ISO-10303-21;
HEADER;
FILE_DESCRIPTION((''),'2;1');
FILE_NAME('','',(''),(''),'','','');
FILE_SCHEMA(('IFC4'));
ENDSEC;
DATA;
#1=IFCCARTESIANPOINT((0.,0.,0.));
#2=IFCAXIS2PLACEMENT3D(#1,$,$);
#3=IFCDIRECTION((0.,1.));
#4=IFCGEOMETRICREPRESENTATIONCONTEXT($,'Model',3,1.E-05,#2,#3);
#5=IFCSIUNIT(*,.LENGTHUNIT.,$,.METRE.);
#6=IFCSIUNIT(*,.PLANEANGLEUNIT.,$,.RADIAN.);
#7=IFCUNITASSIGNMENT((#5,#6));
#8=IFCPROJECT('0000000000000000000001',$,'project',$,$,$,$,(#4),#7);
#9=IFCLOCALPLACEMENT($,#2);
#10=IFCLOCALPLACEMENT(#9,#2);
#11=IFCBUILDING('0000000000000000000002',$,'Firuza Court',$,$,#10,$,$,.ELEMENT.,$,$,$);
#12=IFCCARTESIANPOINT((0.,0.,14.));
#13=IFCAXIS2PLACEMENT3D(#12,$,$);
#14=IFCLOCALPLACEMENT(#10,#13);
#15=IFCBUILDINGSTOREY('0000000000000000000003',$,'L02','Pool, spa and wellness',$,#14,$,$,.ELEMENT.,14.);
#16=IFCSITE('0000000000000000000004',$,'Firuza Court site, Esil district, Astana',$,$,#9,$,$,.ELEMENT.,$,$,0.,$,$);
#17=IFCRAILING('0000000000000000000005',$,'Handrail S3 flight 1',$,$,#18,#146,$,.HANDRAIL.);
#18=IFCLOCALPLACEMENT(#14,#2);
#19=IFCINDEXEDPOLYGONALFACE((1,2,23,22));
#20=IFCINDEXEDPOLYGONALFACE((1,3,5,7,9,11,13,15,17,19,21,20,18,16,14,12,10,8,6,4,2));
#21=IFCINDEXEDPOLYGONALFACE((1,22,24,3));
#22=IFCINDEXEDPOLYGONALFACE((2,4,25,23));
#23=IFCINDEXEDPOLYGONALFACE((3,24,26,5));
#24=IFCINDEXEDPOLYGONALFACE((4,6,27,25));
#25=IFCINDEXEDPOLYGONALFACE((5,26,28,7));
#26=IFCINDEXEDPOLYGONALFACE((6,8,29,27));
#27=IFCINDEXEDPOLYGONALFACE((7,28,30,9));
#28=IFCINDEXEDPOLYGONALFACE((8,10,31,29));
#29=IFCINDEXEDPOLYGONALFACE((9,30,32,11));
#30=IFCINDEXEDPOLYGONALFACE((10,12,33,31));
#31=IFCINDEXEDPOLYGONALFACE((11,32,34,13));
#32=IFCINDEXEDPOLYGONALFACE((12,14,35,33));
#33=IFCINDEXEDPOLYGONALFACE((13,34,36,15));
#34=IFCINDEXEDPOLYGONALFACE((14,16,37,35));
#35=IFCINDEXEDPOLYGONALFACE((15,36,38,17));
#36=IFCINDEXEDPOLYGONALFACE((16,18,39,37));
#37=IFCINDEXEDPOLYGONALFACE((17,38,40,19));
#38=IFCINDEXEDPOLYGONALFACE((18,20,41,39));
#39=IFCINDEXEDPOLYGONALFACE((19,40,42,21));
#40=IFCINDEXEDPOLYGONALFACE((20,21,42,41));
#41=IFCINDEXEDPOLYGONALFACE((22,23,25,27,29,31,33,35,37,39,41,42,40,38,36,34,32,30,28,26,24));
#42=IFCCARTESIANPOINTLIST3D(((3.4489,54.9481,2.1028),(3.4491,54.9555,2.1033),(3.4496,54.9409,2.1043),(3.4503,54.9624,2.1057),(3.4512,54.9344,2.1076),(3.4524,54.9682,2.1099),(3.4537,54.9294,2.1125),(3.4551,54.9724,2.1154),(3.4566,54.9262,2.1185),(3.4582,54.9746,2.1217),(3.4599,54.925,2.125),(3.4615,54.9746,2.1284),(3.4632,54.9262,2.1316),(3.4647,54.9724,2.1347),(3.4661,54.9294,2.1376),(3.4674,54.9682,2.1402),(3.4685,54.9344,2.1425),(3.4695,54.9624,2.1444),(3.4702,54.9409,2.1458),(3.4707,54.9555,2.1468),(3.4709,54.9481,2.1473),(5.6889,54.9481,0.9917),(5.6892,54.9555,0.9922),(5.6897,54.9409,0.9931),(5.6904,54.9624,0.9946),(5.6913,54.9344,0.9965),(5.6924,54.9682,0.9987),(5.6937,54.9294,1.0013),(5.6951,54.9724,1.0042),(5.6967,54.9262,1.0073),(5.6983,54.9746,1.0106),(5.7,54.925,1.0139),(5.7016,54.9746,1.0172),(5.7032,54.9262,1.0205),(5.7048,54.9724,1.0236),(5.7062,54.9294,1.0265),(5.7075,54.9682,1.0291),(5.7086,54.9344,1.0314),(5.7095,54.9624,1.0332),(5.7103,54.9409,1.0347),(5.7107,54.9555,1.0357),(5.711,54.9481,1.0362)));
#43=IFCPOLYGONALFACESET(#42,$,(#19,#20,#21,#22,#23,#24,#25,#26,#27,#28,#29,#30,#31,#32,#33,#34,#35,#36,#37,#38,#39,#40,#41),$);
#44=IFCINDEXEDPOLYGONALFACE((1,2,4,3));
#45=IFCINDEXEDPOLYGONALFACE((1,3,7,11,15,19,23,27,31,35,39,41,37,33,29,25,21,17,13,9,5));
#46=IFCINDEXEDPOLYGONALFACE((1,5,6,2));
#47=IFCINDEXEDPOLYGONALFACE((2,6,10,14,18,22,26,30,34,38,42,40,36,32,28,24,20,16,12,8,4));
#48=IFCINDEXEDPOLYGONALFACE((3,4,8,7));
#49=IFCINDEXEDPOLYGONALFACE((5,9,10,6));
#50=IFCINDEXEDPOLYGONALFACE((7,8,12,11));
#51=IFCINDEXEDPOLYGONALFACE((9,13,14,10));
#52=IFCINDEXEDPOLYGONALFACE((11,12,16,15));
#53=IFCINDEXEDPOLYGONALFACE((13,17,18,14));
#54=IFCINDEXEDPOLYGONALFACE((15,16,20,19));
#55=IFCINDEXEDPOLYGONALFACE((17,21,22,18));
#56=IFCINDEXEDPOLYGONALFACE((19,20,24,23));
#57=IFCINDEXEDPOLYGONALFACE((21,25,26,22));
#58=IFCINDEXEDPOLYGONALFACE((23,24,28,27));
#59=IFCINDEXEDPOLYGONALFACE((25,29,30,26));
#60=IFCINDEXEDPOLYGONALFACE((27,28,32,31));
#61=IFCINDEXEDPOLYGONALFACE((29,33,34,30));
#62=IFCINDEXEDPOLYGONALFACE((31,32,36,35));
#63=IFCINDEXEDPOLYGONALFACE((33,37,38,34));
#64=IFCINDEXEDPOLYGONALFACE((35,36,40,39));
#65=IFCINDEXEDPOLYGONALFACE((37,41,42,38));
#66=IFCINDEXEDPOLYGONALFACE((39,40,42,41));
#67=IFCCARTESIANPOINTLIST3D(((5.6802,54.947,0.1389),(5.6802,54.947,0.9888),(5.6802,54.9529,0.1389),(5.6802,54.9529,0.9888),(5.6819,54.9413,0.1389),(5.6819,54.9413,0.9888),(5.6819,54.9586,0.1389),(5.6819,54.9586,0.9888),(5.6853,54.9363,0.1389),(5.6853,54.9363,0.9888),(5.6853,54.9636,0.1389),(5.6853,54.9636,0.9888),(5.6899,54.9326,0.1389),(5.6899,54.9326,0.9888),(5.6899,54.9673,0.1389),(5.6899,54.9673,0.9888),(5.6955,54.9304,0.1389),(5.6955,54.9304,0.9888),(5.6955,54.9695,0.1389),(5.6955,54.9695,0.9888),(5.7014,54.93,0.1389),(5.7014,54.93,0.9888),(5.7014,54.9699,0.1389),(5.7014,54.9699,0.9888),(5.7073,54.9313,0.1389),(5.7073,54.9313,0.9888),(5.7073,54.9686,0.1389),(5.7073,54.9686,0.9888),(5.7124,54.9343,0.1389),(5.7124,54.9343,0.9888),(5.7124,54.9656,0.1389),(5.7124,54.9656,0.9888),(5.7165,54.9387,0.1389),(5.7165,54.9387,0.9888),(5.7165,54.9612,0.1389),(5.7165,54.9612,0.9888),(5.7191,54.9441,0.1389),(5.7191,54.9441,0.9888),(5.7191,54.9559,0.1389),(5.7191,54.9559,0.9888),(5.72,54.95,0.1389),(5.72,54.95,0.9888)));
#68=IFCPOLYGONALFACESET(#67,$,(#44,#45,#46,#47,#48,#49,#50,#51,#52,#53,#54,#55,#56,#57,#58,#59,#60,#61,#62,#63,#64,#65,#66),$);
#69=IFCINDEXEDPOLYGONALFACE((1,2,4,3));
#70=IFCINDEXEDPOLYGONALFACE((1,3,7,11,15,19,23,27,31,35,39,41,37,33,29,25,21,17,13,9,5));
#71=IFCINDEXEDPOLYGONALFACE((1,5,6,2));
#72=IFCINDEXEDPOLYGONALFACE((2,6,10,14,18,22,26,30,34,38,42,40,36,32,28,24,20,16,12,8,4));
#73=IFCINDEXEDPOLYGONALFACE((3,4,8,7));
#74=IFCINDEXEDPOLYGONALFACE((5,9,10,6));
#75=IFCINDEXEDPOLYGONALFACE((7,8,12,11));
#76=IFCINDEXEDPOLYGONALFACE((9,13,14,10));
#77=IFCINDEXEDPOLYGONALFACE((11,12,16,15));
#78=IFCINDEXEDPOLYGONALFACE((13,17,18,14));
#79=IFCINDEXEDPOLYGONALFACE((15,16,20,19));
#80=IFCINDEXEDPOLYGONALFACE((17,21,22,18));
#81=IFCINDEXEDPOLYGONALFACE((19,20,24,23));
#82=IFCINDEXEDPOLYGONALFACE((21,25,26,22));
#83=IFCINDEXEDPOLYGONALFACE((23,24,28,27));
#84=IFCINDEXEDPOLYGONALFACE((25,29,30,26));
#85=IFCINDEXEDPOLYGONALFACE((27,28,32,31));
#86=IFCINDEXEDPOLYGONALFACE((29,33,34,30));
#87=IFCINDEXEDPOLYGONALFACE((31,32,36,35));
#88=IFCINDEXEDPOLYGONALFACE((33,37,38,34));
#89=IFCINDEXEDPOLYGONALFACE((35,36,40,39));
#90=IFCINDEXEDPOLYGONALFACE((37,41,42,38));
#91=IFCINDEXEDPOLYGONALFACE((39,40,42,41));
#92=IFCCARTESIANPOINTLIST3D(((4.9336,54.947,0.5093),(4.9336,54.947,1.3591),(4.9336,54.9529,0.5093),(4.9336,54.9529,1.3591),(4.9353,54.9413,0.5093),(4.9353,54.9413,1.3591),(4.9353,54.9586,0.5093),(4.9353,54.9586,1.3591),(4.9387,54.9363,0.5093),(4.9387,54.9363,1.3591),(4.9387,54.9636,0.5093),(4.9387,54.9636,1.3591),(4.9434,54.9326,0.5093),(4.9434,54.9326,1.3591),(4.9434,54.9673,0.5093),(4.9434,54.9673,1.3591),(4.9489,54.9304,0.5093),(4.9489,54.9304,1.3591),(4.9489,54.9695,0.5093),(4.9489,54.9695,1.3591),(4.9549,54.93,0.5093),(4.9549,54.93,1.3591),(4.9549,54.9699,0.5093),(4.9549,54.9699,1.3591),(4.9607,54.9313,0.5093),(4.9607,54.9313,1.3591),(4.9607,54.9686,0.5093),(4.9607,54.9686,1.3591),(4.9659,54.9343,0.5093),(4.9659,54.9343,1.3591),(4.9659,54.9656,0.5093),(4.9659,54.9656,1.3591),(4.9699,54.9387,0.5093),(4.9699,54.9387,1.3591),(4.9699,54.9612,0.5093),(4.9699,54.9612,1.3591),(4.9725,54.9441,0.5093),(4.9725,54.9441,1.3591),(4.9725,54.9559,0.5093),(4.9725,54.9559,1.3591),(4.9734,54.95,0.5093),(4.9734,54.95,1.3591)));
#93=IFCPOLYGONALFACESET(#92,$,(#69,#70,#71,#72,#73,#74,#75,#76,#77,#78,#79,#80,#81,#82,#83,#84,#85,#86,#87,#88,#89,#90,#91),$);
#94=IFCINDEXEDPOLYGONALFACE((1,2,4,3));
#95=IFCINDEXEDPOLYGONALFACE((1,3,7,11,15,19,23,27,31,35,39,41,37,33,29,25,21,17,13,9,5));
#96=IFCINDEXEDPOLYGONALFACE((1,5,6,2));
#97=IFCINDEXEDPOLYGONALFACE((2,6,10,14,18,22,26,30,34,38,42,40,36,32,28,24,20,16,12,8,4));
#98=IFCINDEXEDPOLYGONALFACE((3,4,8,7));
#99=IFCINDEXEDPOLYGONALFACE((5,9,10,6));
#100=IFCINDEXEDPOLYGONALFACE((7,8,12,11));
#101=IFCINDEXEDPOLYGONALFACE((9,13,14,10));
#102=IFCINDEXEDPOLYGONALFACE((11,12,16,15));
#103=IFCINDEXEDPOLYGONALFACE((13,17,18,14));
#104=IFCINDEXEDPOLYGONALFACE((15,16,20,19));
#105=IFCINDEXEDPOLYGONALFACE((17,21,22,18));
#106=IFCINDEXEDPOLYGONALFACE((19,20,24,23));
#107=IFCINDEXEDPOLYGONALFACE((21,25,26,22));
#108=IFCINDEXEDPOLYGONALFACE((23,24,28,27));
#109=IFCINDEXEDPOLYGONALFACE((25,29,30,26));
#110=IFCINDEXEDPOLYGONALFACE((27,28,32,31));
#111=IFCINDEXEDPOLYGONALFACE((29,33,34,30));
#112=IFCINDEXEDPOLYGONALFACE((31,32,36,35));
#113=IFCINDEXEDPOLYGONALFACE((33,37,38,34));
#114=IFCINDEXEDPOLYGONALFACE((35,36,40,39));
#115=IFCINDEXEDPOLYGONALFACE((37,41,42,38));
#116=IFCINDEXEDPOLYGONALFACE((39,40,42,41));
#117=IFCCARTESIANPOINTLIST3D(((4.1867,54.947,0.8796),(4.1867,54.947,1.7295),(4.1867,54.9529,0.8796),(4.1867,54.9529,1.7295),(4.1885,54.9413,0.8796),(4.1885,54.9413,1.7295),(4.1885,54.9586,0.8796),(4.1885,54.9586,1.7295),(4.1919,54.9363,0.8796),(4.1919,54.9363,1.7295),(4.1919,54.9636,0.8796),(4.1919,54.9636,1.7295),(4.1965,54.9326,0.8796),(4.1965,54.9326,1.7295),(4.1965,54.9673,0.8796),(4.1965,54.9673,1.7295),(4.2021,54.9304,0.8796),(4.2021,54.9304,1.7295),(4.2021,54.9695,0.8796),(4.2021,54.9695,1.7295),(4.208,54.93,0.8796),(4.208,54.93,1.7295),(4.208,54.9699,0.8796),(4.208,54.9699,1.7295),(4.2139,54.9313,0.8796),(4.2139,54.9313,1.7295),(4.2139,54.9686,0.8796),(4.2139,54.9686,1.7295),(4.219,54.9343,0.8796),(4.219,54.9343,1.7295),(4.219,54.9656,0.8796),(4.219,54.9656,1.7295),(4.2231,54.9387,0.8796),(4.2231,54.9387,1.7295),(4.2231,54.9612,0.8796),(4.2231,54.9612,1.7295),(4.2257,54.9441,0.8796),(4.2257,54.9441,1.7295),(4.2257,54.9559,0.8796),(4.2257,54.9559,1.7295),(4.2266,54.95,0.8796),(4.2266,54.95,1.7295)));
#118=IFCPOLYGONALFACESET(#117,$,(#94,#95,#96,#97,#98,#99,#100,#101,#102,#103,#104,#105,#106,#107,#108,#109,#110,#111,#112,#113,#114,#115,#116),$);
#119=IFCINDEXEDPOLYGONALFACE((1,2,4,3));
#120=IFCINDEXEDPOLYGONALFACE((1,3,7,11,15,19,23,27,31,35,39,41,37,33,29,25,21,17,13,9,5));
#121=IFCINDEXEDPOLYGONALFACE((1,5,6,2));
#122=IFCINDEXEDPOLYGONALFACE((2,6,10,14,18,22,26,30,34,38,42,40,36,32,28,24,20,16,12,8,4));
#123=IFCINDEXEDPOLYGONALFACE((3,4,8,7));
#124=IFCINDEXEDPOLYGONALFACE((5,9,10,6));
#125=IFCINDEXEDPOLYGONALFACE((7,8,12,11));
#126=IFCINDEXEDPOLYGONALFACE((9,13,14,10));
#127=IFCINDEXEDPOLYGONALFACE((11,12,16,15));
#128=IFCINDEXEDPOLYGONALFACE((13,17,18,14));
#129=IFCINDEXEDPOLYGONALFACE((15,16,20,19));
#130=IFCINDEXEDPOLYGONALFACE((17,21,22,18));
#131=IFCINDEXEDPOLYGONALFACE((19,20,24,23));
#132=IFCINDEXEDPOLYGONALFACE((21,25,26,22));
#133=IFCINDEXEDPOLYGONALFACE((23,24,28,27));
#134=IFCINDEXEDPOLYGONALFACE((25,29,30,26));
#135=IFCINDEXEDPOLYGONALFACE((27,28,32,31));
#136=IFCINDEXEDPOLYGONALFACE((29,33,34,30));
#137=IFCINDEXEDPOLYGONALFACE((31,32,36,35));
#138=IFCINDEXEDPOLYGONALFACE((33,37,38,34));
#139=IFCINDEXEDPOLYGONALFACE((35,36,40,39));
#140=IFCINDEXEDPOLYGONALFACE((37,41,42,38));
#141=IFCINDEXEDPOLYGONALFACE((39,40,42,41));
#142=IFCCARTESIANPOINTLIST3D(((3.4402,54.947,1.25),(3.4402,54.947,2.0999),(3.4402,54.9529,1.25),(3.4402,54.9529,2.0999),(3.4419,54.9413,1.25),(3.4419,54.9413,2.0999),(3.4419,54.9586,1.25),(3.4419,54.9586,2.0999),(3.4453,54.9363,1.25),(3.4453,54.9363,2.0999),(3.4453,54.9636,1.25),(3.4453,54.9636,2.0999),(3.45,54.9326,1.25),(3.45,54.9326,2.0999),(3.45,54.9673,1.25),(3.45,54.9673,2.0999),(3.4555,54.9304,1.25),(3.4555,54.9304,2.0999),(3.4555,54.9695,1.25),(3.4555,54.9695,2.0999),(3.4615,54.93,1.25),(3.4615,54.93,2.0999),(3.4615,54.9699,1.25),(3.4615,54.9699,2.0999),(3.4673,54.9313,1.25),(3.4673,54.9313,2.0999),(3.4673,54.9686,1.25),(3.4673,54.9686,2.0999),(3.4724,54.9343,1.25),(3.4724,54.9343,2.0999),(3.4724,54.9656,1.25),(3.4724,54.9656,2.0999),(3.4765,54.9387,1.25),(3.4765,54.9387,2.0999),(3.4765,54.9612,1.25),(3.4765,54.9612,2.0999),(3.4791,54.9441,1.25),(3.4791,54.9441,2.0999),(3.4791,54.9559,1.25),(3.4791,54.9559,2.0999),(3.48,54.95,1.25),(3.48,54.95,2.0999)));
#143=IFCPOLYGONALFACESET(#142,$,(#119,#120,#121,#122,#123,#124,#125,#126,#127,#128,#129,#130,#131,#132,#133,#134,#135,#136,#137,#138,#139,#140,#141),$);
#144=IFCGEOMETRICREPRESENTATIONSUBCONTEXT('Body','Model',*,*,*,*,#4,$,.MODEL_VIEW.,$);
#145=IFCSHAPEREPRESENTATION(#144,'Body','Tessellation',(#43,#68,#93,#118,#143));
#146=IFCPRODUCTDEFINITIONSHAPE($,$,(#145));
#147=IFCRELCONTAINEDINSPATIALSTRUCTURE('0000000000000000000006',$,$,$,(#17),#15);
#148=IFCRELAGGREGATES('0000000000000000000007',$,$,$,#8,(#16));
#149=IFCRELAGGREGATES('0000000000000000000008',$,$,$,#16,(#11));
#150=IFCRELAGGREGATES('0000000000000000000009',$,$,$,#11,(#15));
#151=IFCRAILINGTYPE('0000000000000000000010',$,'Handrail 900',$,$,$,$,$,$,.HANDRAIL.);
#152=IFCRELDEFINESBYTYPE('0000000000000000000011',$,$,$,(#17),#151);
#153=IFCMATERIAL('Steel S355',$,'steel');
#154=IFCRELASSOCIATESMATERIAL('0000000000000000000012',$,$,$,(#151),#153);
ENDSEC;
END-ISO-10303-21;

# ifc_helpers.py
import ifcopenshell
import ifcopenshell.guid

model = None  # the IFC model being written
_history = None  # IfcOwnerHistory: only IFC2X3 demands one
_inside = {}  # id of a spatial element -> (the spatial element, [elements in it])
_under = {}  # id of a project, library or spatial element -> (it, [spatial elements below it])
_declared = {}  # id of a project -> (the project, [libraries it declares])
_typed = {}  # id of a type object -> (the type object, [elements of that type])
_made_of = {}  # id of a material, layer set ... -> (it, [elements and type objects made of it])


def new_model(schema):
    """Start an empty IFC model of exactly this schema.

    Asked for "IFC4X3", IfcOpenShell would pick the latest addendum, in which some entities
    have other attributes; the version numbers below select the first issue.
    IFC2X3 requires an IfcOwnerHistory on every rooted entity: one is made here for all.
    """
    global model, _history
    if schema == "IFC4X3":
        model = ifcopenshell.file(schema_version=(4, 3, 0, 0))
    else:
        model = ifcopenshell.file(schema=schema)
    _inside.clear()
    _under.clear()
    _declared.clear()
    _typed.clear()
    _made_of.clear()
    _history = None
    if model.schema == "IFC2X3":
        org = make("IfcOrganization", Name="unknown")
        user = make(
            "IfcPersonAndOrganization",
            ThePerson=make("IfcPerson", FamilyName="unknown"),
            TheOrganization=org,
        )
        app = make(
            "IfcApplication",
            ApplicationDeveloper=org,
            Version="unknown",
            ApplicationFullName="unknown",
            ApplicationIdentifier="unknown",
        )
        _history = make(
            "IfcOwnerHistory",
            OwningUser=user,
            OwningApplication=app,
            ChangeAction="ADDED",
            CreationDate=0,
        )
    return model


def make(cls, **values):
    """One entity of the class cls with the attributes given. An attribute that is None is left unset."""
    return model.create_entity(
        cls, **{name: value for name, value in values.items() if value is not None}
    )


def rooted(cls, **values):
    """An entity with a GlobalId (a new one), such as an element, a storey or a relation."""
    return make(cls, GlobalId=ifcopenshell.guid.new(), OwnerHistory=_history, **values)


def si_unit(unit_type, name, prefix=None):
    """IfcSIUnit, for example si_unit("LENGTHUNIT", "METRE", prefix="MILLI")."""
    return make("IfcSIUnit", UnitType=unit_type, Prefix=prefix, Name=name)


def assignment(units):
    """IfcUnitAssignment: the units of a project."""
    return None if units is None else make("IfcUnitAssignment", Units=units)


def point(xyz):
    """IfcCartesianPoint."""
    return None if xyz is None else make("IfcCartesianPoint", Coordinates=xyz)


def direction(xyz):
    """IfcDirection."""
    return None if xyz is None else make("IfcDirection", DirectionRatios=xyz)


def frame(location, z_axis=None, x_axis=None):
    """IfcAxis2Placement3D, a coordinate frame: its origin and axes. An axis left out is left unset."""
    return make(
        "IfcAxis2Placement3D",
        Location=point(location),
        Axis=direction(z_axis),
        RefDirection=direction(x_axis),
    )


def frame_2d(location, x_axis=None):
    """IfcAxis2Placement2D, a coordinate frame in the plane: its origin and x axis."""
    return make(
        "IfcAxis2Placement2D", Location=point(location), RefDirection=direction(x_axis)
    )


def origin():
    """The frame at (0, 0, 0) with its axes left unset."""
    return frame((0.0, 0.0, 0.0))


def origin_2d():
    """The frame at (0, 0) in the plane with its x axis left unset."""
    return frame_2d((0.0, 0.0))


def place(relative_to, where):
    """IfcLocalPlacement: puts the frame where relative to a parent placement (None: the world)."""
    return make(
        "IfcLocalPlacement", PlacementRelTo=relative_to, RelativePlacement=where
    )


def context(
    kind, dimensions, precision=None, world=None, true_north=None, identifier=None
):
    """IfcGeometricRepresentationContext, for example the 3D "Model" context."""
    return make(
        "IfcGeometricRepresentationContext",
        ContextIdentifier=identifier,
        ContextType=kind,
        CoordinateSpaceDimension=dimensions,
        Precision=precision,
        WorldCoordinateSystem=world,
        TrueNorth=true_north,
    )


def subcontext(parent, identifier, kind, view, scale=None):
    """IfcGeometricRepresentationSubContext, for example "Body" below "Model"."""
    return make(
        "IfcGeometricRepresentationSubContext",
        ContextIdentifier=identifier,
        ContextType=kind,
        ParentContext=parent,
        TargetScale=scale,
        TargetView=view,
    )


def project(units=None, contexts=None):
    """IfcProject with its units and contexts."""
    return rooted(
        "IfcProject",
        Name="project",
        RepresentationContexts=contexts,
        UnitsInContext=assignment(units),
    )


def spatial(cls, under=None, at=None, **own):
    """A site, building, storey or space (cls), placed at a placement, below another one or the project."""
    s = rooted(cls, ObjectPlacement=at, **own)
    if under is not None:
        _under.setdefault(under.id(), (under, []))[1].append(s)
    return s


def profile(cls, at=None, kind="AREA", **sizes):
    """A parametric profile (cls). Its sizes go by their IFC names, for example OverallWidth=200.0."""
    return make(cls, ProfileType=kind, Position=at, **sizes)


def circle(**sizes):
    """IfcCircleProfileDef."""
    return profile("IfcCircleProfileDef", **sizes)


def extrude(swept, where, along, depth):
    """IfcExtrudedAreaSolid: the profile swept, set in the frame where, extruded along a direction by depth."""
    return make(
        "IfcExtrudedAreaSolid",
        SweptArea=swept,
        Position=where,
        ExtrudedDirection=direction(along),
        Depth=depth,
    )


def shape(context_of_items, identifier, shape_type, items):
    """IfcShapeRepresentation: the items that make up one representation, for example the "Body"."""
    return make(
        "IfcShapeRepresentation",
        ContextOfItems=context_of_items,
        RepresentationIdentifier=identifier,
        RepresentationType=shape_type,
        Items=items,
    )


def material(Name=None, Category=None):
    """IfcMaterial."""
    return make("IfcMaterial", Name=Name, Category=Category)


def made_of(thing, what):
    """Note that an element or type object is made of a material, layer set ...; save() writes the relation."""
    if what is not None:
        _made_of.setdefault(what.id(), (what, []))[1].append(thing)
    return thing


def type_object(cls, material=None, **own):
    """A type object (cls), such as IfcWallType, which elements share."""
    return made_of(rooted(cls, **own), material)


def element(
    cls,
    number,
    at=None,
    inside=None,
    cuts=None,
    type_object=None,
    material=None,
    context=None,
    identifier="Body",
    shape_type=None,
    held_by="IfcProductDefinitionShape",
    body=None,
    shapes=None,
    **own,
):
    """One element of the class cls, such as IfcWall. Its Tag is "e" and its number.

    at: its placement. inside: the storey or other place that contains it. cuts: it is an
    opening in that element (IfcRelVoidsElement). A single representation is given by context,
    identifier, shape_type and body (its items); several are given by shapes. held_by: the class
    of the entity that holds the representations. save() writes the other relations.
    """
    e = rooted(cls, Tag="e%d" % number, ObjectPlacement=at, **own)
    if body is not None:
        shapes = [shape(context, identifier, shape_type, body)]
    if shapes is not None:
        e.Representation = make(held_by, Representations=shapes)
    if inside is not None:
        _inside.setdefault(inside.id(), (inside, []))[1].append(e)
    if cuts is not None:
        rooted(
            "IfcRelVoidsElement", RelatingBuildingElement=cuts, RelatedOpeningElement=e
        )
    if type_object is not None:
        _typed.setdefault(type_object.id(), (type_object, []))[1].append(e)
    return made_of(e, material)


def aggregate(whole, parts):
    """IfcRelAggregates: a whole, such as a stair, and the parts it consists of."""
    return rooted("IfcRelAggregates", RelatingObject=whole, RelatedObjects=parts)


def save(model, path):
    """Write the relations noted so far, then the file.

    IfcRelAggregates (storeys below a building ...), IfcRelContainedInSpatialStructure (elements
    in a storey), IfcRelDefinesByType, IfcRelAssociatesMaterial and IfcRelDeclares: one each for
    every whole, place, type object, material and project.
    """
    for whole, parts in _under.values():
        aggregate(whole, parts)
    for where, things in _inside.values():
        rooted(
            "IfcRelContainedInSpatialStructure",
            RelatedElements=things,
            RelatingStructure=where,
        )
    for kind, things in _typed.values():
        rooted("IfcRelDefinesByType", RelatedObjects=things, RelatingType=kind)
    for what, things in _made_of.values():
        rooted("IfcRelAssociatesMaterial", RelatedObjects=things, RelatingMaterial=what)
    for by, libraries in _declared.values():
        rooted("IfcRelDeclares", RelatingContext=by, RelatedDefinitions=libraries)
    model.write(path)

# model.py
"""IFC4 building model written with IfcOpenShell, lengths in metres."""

from ifc_helpers import new_model, si_unit, direction, frame, origin, origin_2d, place, context, subcontext, project, spatial, circle, extrude, material, type_object, element, save


model = new_model("IFC4")

# Units and contexts
model_context = context("Model", 3, precision=1e-05, world=origin(), true_north=direction((0.0, 1.0)))
body_context = subcontext(model_context, "Body", "Model", "MODEL_VIEW")
ifc_project = project(units=[si_unit("LENGTHUNIT", "METRE"), si_unit("PLANEANGLEUNIT", "RADIAN")], contexts=[model_context])

# Site, building, storey
site_placement = place(None, origin())
site = spatial("IfcSite", under=ifc_project, at=site_placement, Name="Firuza Court site, Esil district, Astana", CompositionType="ELEMENT", RefElevation=0.0)
building_placement = place(site_placement, origin())
building = spatial("IfcBuilding", under=site, at=building_placement, Name="Firuza Court", CompositionType="ELEMENT")
storey_placement = place(building_placement, frame((0.0, 0.0, 14.0)))
storey = spatial("IfcBuildingStorey", under=building, at=storey_placement, Name="L02", Description="Pool, spa and wellness", CompositionType="ELEMENT", Elevation=14.0)

# Railing
ifc_material_1 = material(Name="Steel S355", Category="steel")
railing_type = type_object("IfcRailingType", Name="Handrail 900", PredefinedType="HANDRAIL", material=ifc_material_1)
railing_placement = place(storey_placement, frame((5.7, 54.95, 0.1389)))
element("IfcRailing", 1, at=railing_placement, inside=storey, type_object=railing_type, Name="Handrail S3 flight 1", PredefinedType="HANDRAIL", context=body_context, shape_type="SweptSolid", body=[
    extrude(circle(Radius=0.0249, at=origin_2d()), frame((0.0, 0.0, 0.875), z_axis=(-0.895848, 0.0, 0.44436), x_axis=(0.0, -1.0, 0.0)), (0.0, 0.0, 1.0), 2.5005),
    extrude(circle(Radius=0.02, at=origin_2d()), origin(), (0.0, 0.0, 1.0), 0.8499),
    extrude(circle(Radius=0.02, at=origin_2d()), frame((-0.7466, 0.0, 0.3704)), (0.0, 0.0, 1.0), 0.8499),
    extrude(circle(Radius=0.02, at=origin_2d()), frame((-1.4934, 0.0, 0.7407)), (0.0, 0.0, 1.0), 0.8499),
    extrude(circle(Radius=0.02, at=origin_2d()), frame((-2.24, 0.0, 1.1111)), (0.0, 0.0, 1.0), 0.8499),
])

save(model, "model.ifc")
